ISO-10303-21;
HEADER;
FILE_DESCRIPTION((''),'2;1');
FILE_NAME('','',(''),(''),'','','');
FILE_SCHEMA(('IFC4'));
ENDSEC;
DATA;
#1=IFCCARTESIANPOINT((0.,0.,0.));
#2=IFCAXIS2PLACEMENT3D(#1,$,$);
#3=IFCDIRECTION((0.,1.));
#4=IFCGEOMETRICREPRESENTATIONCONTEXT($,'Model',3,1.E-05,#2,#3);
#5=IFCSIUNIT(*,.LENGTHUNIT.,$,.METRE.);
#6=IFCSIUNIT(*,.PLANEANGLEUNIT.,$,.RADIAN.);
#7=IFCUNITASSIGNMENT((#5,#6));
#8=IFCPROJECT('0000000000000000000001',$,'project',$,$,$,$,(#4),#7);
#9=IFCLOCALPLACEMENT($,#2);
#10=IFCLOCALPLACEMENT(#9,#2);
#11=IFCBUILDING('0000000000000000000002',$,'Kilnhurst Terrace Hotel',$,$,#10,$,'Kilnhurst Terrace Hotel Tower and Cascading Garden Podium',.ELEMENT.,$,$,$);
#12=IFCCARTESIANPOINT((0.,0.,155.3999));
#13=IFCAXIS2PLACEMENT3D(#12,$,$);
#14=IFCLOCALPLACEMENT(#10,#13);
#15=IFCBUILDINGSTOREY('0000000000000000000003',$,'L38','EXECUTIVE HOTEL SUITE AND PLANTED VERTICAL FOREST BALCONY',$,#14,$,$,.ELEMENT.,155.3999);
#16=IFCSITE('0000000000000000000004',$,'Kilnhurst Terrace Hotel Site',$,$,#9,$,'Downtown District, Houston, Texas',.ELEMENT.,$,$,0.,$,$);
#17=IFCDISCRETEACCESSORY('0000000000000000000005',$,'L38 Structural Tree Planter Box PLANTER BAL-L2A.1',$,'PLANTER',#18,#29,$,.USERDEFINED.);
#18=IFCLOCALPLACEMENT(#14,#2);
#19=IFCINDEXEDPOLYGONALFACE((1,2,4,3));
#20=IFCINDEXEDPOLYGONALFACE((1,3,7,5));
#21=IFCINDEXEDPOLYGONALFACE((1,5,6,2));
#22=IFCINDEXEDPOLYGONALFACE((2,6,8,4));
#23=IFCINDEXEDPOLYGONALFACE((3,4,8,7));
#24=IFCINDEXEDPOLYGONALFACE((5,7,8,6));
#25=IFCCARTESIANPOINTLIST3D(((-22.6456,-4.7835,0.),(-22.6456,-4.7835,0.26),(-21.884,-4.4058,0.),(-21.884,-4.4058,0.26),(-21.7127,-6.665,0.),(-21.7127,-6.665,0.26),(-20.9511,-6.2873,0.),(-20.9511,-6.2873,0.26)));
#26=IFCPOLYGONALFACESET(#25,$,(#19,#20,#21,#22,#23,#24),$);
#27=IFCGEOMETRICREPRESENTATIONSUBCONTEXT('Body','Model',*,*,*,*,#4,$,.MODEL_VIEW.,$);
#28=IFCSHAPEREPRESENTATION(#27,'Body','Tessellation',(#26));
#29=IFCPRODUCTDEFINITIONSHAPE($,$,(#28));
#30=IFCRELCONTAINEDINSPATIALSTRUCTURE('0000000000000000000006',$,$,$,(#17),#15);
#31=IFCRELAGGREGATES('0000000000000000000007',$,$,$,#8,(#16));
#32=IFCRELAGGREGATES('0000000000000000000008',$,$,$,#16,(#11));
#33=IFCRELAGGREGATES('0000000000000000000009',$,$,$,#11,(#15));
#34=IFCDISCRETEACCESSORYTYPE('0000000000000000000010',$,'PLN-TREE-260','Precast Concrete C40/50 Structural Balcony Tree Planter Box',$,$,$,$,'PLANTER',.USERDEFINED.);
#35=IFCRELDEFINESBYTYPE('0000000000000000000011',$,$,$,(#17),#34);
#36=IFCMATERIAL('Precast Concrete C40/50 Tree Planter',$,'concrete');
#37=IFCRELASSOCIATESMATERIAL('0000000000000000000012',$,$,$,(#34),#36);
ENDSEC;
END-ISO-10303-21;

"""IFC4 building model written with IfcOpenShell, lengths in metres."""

from ifc_helpers import new_model, si_unit, direction, frame, origin, origin_2d, place, context, subcontext, project, spatial, rectangle, extrude, material, type_object, element, save


model = new_model("IFC4")

# Units and contexts
model_context = context("Model", 3, precision=1e-05, world=origin(), true_north=direction((0.0, 1.0)))
body_context = subcontext(model_context, "Body", "Model", "MODEL_VIEW")
ifc_project = project(units=[si_unit("LENGTHUNIT", "METRE"), si_unit("PLANEANGLEUNIT", "RADIAN")], contexts=[model_context])

# Site, building, storey
site_placement = place(None, origin())
site = spatial("IfcSite", under=ifc_project, at=site_placement, Name="Kilnhurst Terrace Hotel Site", LongName="Downtown District, Houston, Texas", CompositionType="ELEMENT", RefElevation=0.0)
building_placement = place(site_placement, origin())
building = spatial("IfcBuilding", under=site, at=building_placement, Name="Kilnhurst Terrace Hotel", LongName="Kilnhurst Terrace Hotel Tower and Cascading Garden Podium", CompositionType="ELEMENT")
storey_placement = place(building_placement, frame((0.0, 0.0, 155.3999)))
storey = spatial("IfcBuildingStorey", under=building, at=storey_placement, Name="L38", Description="EXECUTIVE HOTEL SUITE AND PLANTED VERTICAL FOREST BALCONY", CompositionType="ELEMENT", Elevation=155.3999)

# Discrete accessory
ifc_material_1 = material(Name="Precast Concrete C40/50 Tree Planter", Category="concrete")
discrete_accessory_type = type_object("IfcDiscreteAccessoryType", Name="PLN-TREE-260", Description="Precast Concrete C40/50 Structural Balcony Tree Planter Box", ElementType="PLANTER", PredefinedType="USERDEFINED", material=ifc_material_1)
discrete_accessory_placement = place(storey_placement, frame((-21.7983, -5.5354, 0.0), z_axis=(0.0, 0.0, 1.0), x_axis=(0.444244, -0.895906, 0.0)))
element("IfcDiscreteAccessory", 1, at=discrete_accessory_placement, inside=storey, type_object=discrete_accessory_type, Name="L38 Structural Tree Planter Box PLANTER BAL-L2A.1", ObjectType="PLANTER", PredefinedType="USERDEFINED", context=body_context, shape_type="SweptSolid", body=[
    extrude(rectangle(XDim=2.1001, YDim=0.8501, at=origin_2d()), origin(), (0.0, 0.0, 1.0), 0.26),
])

save(model, "model.ifc")
